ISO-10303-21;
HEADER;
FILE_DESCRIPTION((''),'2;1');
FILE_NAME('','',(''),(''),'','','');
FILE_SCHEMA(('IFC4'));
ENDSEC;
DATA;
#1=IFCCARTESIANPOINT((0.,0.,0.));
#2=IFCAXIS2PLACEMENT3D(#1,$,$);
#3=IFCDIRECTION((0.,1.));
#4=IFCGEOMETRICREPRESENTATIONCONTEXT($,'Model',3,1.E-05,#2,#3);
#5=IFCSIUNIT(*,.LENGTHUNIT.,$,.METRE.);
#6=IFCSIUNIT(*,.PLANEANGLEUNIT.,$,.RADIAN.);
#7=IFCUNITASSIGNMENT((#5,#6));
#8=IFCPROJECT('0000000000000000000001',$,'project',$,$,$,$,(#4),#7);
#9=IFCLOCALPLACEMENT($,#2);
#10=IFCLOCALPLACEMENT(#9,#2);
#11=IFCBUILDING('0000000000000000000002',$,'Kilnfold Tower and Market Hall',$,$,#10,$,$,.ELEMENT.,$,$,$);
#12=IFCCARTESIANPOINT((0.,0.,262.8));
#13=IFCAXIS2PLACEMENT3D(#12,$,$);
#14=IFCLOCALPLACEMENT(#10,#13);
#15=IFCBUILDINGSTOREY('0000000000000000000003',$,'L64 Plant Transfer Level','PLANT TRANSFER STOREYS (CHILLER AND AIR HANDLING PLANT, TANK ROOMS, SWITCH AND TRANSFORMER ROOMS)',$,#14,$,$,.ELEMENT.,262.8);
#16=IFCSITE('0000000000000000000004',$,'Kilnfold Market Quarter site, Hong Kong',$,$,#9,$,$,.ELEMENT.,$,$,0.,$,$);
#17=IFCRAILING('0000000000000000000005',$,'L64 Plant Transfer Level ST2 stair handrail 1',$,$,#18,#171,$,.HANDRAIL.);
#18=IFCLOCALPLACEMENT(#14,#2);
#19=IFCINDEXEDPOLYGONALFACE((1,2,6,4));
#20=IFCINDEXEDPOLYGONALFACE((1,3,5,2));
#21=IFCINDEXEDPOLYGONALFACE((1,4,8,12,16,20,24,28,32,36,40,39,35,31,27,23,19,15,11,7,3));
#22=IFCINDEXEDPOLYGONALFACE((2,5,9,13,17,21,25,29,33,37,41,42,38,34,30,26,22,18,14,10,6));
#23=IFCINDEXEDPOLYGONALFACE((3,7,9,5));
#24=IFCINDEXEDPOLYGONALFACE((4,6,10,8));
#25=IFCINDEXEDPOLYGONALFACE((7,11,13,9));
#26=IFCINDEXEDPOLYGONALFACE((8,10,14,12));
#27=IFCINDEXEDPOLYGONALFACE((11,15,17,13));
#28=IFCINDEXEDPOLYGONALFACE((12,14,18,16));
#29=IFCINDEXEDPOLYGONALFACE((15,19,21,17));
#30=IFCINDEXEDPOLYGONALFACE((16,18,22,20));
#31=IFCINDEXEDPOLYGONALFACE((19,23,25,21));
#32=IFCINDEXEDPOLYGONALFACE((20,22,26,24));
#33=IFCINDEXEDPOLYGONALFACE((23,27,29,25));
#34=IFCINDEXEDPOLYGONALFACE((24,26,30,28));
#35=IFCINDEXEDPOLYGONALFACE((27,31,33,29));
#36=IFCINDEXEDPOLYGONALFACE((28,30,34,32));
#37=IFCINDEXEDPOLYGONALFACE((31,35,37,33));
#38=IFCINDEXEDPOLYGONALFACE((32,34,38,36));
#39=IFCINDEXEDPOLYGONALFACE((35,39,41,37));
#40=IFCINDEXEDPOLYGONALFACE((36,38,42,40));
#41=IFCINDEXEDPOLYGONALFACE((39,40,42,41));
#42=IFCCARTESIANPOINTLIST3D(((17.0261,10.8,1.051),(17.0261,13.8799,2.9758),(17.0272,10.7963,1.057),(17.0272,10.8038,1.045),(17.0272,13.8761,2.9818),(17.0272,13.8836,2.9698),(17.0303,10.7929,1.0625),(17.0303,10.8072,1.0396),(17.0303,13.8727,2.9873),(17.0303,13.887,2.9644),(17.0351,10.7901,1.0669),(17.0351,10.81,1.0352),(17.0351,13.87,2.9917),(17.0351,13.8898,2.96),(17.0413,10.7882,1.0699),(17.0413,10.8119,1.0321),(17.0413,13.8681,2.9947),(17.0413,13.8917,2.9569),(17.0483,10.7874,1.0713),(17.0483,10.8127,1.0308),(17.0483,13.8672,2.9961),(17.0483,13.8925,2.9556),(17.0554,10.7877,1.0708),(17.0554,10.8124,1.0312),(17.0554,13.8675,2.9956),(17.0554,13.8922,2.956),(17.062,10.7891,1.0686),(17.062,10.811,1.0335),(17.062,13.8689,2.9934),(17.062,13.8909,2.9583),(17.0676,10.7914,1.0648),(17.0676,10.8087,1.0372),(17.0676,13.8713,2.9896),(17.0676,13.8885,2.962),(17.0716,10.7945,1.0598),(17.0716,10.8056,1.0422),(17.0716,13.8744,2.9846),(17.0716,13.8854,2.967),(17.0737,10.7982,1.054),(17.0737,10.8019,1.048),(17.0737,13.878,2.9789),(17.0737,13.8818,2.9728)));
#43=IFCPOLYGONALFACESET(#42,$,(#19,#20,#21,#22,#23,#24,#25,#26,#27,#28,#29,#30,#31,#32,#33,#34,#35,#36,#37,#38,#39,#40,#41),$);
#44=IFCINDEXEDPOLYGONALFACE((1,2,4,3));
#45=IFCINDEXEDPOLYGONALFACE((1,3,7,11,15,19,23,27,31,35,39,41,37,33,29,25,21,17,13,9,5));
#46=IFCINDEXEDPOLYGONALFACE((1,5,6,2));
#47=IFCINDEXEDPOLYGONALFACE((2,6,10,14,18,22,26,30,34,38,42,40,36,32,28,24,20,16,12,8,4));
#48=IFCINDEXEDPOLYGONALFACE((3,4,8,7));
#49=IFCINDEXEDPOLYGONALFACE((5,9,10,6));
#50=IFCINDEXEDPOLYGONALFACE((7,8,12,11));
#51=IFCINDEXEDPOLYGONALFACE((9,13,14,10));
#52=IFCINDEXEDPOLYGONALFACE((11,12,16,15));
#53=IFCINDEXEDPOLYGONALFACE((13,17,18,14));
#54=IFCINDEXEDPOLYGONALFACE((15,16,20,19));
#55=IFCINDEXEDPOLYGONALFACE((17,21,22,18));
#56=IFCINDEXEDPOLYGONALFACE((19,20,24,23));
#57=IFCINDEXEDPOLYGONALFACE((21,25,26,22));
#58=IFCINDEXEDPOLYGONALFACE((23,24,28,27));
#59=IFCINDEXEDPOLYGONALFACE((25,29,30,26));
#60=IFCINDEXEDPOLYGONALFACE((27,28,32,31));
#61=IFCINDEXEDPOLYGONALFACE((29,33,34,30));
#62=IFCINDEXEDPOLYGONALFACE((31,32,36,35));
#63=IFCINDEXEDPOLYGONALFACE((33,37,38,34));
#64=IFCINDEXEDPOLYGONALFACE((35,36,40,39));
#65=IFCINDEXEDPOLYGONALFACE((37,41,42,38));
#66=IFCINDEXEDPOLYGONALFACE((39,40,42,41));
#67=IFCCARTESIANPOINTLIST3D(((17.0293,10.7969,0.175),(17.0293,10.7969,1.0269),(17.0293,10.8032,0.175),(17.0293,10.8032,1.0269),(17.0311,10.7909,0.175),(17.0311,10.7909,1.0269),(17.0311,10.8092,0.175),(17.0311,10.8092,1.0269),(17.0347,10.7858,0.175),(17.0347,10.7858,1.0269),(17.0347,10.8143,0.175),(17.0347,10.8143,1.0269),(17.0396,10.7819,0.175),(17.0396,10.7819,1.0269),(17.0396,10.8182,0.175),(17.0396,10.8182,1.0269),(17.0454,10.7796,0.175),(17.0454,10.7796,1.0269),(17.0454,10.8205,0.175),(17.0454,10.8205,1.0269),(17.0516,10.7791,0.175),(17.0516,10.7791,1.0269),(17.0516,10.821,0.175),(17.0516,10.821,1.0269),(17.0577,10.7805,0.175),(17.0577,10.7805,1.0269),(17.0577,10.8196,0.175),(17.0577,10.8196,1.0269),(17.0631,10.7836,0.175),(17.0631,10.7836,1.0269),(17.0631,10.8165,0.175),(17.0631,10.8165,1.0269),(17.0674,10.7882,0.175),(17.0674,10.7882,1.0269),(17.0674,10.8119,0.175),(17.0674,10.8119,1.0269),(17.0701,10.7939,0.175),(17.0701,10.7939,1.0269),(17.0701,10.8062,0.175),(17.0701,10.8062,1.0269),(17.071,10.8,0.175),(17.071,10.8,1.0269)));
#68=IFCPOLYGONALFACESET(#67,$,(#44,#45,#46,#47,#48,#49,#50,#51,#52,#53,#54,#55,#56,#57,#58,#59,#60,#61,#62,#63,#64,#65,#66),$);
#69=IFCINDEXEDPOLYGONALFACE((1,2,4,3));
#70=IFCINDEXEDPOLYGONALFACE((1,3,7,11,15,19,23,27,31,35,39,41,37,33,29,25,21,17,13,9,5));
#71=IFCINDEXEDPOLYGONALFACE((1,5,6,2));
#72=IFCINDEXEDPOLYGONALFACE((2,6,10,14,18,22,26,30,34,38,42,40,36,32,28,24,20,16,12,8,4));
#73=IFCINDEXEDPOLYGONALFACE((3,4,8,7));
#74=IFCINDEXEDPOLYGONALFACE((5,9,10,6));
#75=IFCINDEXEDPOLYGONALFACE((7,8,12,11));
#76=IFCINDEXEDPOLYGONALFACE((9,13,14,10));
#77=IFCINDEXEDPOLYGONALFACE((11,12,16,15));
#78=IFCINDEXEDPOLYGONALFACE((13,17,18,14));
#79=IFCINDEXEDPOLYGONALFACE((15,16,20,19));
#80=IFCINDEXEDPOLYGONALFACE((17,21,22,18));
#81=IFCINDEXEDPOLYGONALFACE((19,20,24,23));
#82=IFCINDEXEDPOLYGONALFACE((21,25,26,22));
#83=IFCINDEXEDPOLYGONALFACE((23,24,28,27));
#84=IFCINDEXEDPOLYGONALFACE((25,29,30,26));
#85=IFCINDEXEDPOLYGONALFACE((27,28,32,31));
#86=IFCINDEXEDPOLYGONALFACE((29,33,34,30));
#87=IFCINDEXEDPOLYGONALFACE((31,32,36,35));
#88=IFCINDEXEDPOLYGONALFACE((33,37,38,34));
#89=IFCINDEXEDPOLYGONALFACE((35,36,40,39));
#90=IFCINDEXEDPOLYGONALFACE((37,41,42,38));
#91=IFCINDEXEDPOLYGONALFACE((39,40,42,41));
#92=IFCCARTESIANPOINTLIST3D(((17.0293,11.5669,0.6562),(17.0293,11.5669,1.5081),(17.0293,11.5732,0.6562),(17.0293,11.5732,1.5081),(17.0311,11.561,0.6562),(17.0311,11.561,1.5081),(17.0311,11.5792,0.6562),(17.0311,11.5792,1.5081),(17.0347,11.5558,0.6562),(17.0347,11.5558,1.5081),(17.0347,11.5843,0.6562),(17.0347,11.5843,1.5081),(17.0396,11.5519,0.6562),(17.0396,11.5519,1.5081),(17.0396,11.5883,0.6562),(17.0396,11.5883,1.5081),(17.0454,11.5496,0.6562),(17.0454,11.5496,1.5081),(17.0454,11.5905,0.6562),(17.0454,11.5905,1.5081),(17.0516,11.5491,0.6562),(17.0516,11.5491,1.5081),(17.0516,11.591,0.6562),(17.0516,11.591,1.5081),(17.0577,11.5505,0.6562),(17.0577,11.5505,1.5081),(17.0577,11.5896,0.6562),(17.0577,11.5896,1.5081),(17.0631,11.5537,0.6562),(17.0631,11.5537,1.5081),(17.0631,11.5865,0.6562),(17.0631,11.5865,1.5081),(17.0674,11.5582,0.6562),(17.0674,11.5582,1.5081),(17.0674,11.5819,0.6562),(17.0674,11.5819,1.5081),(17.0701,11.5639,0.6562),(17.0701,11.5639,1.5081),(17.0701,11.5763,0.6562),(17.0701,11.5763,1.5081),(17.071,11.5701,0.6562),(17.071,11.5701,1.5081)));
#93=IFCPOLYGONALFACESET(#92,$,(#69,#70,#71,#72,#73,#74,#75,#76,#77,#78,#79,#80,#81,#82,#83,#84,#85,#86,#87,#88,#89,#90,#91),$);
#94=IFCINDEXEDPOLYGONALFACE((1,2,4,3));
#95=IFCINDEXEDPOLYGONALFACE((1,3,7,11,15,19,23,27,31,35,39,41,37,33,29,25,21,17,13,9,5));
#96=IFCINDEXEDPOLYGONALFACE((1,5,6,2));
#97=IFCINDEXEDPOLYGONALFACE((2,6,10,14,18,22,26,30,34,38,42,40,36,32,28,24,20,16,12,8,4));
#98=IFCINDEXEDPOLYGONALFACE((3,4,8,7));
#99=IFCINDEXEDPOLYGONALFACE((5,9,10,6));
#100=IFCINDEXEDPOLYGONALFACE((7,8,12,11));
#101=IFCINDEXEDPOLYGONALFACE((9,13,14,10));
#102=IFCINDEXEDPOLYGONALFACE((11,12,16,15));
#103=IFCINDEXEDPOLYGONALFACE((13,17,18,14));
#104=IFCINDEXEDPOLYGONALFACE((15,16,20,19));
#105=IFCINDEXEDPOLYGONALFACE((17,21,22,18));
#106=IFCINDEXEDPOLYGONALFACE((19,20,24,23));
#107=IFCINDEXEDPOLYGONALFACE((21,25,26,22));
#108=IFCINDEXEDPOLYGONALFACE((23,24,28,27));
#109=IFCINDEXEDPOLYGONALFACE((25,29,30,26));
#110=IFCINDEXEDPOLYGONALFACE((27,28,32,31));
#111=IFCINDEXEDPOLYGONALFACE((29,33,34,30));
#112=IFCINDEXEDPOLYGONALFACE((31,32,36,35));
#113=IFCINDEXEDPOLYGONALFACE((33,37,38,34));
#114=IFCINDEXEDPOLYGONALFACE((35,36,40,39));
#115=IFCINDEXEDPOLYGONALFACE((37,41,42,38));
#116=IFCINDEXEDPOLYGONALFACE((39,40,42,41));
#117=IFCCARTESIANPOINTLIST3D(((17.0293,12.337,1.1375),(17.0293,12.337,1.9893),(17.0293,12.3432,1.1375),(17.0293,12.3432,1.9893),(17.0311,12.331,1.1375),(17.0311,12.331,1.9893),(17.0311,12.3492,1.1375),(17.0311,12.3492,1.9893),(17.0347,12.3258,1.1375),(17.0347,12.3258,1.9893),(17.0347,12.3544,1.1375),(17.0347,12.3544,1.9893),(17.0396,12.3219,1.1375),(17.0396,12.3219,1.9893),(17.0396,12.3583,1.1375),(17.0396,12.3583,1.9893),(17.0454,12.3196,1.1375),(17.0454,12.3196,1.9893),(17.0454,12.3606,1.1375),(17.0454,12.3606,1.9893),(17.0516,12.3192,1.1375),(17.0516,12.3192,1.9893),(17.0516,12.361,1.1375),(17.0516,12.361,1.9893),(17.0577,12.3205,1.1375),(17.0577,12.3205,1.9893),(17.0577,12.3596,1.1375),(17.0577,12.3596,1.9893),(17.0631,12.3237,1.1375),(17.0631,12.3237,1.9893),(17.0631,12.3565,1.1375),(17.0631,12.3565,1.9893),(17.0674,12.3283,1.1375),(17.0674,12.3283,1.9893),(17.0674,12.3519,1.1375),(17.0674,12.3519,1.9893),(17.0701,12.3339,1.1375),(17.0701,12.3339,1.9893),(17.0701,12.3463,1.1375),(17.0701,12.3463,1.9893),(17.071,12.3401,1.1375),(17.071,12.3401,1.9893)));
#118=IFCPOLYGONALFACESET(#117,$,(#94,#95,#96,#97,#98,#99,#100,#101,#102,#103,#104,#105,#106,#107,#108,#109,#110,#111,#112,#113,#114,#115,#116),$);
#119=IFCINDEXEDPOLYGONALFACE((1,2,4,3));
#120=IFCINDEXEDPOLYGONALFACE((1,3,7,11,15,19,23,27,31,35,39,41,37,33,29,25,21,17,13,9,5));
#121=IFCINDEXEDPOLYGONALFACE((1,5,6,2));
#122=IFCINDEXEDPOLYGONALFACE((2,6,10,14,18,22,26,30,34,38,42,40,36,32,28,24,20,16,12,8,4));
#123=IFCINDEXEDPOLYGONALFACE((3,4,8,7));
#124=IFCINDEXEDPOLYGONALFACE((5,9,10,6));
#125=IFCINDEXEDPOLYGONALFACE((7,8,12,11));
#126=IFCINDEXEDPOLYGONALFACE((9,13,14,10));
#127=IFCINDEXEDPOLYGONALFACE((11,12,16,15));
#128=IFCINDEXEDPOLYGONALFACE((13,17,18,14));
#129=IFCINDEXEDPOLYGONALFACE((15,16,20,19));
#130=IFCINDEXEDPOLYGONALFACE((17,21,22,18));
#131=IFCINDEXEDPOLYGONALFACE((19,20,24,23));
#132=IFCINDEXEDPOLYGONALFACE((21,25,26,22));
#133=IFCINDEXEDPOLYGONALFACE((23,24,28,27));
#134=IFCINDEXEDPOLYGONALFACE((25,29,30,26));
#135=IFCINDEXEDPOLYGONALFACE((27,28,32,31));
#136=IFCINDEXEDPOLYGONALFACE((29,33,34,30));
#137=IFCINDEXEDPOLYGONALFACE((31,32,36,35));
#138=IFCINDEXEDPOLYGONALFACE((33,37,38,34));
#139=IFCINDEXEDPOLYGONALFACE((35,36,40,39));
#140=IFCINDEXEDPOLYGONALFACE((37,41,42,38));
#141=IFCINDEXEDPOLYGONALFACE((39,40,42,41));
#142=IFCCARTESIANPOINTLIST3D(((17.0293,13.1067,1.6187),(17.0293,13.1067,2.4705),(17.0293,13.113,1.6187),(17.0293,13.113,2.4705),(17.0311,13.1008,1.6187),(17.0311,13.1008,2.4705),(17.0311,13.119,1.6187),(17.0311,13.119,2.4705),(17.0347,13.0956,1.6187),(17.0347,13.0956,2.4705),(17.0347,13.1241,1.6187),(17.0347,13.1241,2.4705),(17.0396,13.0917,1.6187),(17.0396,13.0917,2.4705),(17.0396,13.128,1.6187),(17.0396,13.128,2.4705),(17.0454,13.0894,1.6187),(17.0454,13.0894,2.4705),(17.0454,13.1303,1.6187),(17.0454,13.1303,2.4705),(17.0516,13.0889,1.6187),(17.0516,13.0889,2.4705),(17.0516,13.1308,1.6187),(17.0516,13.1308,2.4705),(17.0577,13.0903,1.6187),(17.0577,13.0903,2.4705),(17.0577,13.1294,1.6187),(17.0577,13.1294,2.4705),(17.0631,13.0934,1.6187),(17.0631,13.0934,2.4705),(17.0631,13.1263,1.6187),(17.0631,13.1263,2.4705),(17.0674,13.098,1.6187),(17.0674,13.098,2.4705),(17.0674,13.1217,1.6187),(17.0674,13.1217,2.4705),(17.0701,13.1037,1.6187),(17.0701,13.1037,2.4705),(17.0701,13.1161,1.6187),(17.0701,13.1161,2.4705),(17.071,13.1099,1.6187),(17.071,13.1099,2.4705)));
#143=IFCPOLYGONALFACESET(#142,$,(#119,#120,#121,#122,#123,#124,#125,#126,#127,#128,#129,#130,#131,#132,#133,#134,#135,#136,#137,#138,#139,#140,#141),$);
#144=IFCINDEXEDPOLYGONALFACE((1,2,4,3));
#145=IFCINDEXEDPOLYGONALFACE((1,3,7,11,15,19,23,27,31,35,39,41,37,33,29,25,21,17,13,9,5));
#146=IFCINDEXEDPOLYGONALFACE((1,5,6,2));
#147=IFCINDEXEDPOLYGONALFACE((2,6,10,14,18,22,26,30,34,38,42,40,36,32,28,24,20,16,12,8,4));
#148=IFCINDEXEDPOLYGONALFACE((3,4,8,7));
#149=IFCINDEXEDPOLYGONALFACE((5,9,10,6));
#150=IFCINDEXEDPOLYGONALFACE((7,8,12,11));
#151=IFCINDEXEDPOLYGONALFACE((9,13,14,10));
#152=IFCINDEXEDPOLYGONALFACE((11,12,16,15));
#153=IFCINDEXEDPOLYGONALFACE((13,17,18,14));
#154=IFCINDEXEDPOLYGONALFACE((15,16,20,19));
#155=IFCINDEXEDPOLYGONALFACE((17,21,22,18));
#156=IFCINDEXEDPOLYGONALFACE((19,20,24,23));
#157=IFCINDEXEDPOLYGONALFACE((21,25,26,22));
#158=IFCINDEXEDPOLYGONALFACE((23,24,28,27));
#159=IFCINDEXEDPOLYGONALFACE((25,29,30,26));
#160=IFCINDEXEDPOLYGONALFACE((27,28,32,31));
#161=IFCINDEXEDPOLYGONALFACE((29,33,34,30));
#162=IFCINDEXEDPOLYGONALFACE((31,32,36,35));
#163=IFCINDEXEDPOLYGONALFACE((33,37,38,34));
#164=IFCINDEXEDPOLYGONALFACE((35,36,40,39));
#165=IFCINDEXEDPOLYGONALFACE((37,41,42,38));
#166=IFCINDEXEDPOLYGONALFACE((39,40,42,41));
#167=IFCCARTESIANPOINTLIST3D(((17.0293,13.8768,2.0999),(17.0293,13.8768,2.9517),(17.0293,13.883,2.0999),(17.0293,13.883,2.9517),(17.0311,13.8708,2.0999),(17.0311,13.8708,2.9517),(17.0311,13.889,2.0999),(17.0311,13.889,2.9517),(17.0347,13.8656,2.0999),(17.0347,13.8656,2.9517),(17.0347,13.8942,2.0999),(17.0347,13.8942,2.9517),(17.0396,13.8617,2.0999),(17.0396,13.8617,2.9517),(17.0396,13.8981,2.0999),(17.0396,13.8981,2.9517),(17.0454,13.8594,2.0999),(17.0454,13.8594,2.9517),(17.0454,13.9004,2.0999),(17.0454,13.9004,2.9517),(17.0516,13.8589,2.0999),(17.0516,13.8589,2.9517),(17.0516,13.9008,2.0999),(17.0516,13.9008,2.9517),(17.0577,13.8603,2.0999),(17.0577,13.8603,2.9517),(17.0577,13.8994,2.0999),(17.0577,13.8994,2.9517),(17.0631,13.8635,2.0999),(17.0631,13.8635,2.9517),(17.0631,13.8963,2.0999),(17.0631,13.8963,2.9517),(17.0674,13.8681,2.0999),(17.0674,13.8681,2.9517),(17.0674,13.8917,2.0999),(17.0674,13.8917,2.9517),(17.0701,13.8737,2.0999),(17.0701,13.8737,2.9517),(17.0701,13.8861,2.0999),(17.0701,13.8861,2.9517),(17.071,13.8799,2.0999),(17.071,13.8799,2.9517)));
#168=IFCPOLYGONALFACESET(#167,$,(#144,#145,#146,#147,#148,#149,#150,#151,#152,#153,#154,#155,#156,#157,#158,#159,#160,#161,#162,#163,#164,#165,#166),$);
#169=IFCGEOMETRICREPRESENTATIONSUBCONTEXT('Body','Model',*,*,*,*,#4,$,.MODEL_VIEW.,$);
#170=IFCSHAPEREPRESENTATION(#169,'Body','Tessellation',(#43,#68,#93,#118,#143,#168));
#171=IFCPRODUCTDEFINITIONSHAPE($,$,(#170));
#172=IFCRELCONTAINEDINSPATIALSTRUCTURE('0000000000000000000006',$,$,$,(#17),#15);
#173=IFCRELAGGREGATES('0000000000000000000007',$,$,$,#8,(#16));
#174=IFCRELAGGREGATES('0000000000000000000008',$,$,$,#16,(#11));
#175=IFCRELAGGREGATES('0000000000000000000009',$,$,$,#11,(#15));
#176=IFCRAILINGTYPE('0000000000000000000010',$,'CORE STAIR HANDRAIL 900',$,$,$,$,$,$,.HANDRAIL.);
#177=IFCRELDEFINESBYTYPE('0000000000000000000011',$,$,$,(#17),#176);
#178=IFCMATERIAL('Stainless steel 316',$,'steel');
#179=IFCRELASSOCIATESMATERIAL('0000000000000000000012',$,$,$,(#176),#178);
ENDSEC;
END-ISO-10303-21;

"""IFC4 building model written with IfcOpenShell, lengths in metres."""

from ifc_helpers import new_model, si_unit, direction, frame, origin, origin_2d, place, context, subcontext, project, spatial, circle, extrude, material, type_object, element, save


model = new_model("IFC4")

# Units and contexts
model_context = context("Model", 3, precision=1e-05, world=origin(), true_north=direction((0.0, 1.0)))
body_context = subcontext(model_context, "Body", "Model", "MODEL_VIEW")
ifc_project = project(units=[si_unit("LENGTHUNIT", "METRE"), si_unit("PLANEANGLEUNIT", "RADIAN")], contexts=[model_context])

# Site, building, storey
site_placement = place(None, origin())
site = spatial("IfcSite", under=ifc_project, at=site_placement, Name="Kilnfold Market Quarter site, Hong Kong", CompositionType="ELEMENT", RefElevation=0.0)
building_placement = place(site_placement, origin())
building = spatial("IfcBuilding", under=site, at=building_placement, Name="Kilnfold Tower and Market Hall", CompositionType="ELEMENT")
storey_placement = place(building_placement, frame((0.0, 0.0, 262.8)))
storey = spatial("IfcBuildingStorey", under=building, at=storey_placement, Name="L64 Plant Transfer Level", Description="PLANT TRANSFER STOREYS (CHILLER AND AIR HANDLING PLANT, TANK ROOMS, SWITCH AND TRANSFORMER ROOMS)", CompositionType="ELEMENT", Elevation=262.8)

# Railing
ifc_material_1 = material(Name="Stainless steel 316", Category="steel")
railing_type_1 = type_object("IfcRailingType", Name="CORE STAIR HANDRAIL 900", PredefinedType="HANDRAIL", material=ifc_material_1)
railing_1_placement = place(storey_placement, frame((17.05, 10.8, 0.175)))
element("IfcRailing", 1, at=railing_1_placement, inside=storey, type_object=railing_type_1, Name="L64 Plant Transfer Level ST2 stair handrail 1", PredefinedType="HANDRAIL", context=body_context, shape_type="SweptSolid", body=[
    extrude(circle(Radius=0.0239, at=origin_2d()), frame((0.0, 0.0, 0.876), z_axis=(0.0, 0.84801, 0.529981), x_axis=(-1.0, 0.0, 0.0)), (0.0, 0.0, 1.0), 3.6318),
    extrude(circle(Radius=0.021, at=origin_2d()), origin(), (0.0, 0.0, 1.0), 0.8518),
    extrude(circle(Radius=0.021, at=origin_2d()), frame((0.0, 0.77, 0.4812)), (0.0, 0.0, 1.0), 0.8518),
    extrude(circle(Radius=0.021, at=origin_2d()), frame((0.0, 1.54, 0.9624)), (0.0, 0.0, 1.0), 0.8518),
    extrude(circle(Radius=0.021, at=origin_2d()), frame((0.0, 2.3098, 1.4436)), (0.0, 0.0, 1.0), 0.8518),
    extrude(circle(Radius=0.021, at=origin_2d()), frame((0.0, 3.0798, 1.9248)), (0.0, 0.0, 1.0), 0.8518),
])

save(model, "model.ifc")
